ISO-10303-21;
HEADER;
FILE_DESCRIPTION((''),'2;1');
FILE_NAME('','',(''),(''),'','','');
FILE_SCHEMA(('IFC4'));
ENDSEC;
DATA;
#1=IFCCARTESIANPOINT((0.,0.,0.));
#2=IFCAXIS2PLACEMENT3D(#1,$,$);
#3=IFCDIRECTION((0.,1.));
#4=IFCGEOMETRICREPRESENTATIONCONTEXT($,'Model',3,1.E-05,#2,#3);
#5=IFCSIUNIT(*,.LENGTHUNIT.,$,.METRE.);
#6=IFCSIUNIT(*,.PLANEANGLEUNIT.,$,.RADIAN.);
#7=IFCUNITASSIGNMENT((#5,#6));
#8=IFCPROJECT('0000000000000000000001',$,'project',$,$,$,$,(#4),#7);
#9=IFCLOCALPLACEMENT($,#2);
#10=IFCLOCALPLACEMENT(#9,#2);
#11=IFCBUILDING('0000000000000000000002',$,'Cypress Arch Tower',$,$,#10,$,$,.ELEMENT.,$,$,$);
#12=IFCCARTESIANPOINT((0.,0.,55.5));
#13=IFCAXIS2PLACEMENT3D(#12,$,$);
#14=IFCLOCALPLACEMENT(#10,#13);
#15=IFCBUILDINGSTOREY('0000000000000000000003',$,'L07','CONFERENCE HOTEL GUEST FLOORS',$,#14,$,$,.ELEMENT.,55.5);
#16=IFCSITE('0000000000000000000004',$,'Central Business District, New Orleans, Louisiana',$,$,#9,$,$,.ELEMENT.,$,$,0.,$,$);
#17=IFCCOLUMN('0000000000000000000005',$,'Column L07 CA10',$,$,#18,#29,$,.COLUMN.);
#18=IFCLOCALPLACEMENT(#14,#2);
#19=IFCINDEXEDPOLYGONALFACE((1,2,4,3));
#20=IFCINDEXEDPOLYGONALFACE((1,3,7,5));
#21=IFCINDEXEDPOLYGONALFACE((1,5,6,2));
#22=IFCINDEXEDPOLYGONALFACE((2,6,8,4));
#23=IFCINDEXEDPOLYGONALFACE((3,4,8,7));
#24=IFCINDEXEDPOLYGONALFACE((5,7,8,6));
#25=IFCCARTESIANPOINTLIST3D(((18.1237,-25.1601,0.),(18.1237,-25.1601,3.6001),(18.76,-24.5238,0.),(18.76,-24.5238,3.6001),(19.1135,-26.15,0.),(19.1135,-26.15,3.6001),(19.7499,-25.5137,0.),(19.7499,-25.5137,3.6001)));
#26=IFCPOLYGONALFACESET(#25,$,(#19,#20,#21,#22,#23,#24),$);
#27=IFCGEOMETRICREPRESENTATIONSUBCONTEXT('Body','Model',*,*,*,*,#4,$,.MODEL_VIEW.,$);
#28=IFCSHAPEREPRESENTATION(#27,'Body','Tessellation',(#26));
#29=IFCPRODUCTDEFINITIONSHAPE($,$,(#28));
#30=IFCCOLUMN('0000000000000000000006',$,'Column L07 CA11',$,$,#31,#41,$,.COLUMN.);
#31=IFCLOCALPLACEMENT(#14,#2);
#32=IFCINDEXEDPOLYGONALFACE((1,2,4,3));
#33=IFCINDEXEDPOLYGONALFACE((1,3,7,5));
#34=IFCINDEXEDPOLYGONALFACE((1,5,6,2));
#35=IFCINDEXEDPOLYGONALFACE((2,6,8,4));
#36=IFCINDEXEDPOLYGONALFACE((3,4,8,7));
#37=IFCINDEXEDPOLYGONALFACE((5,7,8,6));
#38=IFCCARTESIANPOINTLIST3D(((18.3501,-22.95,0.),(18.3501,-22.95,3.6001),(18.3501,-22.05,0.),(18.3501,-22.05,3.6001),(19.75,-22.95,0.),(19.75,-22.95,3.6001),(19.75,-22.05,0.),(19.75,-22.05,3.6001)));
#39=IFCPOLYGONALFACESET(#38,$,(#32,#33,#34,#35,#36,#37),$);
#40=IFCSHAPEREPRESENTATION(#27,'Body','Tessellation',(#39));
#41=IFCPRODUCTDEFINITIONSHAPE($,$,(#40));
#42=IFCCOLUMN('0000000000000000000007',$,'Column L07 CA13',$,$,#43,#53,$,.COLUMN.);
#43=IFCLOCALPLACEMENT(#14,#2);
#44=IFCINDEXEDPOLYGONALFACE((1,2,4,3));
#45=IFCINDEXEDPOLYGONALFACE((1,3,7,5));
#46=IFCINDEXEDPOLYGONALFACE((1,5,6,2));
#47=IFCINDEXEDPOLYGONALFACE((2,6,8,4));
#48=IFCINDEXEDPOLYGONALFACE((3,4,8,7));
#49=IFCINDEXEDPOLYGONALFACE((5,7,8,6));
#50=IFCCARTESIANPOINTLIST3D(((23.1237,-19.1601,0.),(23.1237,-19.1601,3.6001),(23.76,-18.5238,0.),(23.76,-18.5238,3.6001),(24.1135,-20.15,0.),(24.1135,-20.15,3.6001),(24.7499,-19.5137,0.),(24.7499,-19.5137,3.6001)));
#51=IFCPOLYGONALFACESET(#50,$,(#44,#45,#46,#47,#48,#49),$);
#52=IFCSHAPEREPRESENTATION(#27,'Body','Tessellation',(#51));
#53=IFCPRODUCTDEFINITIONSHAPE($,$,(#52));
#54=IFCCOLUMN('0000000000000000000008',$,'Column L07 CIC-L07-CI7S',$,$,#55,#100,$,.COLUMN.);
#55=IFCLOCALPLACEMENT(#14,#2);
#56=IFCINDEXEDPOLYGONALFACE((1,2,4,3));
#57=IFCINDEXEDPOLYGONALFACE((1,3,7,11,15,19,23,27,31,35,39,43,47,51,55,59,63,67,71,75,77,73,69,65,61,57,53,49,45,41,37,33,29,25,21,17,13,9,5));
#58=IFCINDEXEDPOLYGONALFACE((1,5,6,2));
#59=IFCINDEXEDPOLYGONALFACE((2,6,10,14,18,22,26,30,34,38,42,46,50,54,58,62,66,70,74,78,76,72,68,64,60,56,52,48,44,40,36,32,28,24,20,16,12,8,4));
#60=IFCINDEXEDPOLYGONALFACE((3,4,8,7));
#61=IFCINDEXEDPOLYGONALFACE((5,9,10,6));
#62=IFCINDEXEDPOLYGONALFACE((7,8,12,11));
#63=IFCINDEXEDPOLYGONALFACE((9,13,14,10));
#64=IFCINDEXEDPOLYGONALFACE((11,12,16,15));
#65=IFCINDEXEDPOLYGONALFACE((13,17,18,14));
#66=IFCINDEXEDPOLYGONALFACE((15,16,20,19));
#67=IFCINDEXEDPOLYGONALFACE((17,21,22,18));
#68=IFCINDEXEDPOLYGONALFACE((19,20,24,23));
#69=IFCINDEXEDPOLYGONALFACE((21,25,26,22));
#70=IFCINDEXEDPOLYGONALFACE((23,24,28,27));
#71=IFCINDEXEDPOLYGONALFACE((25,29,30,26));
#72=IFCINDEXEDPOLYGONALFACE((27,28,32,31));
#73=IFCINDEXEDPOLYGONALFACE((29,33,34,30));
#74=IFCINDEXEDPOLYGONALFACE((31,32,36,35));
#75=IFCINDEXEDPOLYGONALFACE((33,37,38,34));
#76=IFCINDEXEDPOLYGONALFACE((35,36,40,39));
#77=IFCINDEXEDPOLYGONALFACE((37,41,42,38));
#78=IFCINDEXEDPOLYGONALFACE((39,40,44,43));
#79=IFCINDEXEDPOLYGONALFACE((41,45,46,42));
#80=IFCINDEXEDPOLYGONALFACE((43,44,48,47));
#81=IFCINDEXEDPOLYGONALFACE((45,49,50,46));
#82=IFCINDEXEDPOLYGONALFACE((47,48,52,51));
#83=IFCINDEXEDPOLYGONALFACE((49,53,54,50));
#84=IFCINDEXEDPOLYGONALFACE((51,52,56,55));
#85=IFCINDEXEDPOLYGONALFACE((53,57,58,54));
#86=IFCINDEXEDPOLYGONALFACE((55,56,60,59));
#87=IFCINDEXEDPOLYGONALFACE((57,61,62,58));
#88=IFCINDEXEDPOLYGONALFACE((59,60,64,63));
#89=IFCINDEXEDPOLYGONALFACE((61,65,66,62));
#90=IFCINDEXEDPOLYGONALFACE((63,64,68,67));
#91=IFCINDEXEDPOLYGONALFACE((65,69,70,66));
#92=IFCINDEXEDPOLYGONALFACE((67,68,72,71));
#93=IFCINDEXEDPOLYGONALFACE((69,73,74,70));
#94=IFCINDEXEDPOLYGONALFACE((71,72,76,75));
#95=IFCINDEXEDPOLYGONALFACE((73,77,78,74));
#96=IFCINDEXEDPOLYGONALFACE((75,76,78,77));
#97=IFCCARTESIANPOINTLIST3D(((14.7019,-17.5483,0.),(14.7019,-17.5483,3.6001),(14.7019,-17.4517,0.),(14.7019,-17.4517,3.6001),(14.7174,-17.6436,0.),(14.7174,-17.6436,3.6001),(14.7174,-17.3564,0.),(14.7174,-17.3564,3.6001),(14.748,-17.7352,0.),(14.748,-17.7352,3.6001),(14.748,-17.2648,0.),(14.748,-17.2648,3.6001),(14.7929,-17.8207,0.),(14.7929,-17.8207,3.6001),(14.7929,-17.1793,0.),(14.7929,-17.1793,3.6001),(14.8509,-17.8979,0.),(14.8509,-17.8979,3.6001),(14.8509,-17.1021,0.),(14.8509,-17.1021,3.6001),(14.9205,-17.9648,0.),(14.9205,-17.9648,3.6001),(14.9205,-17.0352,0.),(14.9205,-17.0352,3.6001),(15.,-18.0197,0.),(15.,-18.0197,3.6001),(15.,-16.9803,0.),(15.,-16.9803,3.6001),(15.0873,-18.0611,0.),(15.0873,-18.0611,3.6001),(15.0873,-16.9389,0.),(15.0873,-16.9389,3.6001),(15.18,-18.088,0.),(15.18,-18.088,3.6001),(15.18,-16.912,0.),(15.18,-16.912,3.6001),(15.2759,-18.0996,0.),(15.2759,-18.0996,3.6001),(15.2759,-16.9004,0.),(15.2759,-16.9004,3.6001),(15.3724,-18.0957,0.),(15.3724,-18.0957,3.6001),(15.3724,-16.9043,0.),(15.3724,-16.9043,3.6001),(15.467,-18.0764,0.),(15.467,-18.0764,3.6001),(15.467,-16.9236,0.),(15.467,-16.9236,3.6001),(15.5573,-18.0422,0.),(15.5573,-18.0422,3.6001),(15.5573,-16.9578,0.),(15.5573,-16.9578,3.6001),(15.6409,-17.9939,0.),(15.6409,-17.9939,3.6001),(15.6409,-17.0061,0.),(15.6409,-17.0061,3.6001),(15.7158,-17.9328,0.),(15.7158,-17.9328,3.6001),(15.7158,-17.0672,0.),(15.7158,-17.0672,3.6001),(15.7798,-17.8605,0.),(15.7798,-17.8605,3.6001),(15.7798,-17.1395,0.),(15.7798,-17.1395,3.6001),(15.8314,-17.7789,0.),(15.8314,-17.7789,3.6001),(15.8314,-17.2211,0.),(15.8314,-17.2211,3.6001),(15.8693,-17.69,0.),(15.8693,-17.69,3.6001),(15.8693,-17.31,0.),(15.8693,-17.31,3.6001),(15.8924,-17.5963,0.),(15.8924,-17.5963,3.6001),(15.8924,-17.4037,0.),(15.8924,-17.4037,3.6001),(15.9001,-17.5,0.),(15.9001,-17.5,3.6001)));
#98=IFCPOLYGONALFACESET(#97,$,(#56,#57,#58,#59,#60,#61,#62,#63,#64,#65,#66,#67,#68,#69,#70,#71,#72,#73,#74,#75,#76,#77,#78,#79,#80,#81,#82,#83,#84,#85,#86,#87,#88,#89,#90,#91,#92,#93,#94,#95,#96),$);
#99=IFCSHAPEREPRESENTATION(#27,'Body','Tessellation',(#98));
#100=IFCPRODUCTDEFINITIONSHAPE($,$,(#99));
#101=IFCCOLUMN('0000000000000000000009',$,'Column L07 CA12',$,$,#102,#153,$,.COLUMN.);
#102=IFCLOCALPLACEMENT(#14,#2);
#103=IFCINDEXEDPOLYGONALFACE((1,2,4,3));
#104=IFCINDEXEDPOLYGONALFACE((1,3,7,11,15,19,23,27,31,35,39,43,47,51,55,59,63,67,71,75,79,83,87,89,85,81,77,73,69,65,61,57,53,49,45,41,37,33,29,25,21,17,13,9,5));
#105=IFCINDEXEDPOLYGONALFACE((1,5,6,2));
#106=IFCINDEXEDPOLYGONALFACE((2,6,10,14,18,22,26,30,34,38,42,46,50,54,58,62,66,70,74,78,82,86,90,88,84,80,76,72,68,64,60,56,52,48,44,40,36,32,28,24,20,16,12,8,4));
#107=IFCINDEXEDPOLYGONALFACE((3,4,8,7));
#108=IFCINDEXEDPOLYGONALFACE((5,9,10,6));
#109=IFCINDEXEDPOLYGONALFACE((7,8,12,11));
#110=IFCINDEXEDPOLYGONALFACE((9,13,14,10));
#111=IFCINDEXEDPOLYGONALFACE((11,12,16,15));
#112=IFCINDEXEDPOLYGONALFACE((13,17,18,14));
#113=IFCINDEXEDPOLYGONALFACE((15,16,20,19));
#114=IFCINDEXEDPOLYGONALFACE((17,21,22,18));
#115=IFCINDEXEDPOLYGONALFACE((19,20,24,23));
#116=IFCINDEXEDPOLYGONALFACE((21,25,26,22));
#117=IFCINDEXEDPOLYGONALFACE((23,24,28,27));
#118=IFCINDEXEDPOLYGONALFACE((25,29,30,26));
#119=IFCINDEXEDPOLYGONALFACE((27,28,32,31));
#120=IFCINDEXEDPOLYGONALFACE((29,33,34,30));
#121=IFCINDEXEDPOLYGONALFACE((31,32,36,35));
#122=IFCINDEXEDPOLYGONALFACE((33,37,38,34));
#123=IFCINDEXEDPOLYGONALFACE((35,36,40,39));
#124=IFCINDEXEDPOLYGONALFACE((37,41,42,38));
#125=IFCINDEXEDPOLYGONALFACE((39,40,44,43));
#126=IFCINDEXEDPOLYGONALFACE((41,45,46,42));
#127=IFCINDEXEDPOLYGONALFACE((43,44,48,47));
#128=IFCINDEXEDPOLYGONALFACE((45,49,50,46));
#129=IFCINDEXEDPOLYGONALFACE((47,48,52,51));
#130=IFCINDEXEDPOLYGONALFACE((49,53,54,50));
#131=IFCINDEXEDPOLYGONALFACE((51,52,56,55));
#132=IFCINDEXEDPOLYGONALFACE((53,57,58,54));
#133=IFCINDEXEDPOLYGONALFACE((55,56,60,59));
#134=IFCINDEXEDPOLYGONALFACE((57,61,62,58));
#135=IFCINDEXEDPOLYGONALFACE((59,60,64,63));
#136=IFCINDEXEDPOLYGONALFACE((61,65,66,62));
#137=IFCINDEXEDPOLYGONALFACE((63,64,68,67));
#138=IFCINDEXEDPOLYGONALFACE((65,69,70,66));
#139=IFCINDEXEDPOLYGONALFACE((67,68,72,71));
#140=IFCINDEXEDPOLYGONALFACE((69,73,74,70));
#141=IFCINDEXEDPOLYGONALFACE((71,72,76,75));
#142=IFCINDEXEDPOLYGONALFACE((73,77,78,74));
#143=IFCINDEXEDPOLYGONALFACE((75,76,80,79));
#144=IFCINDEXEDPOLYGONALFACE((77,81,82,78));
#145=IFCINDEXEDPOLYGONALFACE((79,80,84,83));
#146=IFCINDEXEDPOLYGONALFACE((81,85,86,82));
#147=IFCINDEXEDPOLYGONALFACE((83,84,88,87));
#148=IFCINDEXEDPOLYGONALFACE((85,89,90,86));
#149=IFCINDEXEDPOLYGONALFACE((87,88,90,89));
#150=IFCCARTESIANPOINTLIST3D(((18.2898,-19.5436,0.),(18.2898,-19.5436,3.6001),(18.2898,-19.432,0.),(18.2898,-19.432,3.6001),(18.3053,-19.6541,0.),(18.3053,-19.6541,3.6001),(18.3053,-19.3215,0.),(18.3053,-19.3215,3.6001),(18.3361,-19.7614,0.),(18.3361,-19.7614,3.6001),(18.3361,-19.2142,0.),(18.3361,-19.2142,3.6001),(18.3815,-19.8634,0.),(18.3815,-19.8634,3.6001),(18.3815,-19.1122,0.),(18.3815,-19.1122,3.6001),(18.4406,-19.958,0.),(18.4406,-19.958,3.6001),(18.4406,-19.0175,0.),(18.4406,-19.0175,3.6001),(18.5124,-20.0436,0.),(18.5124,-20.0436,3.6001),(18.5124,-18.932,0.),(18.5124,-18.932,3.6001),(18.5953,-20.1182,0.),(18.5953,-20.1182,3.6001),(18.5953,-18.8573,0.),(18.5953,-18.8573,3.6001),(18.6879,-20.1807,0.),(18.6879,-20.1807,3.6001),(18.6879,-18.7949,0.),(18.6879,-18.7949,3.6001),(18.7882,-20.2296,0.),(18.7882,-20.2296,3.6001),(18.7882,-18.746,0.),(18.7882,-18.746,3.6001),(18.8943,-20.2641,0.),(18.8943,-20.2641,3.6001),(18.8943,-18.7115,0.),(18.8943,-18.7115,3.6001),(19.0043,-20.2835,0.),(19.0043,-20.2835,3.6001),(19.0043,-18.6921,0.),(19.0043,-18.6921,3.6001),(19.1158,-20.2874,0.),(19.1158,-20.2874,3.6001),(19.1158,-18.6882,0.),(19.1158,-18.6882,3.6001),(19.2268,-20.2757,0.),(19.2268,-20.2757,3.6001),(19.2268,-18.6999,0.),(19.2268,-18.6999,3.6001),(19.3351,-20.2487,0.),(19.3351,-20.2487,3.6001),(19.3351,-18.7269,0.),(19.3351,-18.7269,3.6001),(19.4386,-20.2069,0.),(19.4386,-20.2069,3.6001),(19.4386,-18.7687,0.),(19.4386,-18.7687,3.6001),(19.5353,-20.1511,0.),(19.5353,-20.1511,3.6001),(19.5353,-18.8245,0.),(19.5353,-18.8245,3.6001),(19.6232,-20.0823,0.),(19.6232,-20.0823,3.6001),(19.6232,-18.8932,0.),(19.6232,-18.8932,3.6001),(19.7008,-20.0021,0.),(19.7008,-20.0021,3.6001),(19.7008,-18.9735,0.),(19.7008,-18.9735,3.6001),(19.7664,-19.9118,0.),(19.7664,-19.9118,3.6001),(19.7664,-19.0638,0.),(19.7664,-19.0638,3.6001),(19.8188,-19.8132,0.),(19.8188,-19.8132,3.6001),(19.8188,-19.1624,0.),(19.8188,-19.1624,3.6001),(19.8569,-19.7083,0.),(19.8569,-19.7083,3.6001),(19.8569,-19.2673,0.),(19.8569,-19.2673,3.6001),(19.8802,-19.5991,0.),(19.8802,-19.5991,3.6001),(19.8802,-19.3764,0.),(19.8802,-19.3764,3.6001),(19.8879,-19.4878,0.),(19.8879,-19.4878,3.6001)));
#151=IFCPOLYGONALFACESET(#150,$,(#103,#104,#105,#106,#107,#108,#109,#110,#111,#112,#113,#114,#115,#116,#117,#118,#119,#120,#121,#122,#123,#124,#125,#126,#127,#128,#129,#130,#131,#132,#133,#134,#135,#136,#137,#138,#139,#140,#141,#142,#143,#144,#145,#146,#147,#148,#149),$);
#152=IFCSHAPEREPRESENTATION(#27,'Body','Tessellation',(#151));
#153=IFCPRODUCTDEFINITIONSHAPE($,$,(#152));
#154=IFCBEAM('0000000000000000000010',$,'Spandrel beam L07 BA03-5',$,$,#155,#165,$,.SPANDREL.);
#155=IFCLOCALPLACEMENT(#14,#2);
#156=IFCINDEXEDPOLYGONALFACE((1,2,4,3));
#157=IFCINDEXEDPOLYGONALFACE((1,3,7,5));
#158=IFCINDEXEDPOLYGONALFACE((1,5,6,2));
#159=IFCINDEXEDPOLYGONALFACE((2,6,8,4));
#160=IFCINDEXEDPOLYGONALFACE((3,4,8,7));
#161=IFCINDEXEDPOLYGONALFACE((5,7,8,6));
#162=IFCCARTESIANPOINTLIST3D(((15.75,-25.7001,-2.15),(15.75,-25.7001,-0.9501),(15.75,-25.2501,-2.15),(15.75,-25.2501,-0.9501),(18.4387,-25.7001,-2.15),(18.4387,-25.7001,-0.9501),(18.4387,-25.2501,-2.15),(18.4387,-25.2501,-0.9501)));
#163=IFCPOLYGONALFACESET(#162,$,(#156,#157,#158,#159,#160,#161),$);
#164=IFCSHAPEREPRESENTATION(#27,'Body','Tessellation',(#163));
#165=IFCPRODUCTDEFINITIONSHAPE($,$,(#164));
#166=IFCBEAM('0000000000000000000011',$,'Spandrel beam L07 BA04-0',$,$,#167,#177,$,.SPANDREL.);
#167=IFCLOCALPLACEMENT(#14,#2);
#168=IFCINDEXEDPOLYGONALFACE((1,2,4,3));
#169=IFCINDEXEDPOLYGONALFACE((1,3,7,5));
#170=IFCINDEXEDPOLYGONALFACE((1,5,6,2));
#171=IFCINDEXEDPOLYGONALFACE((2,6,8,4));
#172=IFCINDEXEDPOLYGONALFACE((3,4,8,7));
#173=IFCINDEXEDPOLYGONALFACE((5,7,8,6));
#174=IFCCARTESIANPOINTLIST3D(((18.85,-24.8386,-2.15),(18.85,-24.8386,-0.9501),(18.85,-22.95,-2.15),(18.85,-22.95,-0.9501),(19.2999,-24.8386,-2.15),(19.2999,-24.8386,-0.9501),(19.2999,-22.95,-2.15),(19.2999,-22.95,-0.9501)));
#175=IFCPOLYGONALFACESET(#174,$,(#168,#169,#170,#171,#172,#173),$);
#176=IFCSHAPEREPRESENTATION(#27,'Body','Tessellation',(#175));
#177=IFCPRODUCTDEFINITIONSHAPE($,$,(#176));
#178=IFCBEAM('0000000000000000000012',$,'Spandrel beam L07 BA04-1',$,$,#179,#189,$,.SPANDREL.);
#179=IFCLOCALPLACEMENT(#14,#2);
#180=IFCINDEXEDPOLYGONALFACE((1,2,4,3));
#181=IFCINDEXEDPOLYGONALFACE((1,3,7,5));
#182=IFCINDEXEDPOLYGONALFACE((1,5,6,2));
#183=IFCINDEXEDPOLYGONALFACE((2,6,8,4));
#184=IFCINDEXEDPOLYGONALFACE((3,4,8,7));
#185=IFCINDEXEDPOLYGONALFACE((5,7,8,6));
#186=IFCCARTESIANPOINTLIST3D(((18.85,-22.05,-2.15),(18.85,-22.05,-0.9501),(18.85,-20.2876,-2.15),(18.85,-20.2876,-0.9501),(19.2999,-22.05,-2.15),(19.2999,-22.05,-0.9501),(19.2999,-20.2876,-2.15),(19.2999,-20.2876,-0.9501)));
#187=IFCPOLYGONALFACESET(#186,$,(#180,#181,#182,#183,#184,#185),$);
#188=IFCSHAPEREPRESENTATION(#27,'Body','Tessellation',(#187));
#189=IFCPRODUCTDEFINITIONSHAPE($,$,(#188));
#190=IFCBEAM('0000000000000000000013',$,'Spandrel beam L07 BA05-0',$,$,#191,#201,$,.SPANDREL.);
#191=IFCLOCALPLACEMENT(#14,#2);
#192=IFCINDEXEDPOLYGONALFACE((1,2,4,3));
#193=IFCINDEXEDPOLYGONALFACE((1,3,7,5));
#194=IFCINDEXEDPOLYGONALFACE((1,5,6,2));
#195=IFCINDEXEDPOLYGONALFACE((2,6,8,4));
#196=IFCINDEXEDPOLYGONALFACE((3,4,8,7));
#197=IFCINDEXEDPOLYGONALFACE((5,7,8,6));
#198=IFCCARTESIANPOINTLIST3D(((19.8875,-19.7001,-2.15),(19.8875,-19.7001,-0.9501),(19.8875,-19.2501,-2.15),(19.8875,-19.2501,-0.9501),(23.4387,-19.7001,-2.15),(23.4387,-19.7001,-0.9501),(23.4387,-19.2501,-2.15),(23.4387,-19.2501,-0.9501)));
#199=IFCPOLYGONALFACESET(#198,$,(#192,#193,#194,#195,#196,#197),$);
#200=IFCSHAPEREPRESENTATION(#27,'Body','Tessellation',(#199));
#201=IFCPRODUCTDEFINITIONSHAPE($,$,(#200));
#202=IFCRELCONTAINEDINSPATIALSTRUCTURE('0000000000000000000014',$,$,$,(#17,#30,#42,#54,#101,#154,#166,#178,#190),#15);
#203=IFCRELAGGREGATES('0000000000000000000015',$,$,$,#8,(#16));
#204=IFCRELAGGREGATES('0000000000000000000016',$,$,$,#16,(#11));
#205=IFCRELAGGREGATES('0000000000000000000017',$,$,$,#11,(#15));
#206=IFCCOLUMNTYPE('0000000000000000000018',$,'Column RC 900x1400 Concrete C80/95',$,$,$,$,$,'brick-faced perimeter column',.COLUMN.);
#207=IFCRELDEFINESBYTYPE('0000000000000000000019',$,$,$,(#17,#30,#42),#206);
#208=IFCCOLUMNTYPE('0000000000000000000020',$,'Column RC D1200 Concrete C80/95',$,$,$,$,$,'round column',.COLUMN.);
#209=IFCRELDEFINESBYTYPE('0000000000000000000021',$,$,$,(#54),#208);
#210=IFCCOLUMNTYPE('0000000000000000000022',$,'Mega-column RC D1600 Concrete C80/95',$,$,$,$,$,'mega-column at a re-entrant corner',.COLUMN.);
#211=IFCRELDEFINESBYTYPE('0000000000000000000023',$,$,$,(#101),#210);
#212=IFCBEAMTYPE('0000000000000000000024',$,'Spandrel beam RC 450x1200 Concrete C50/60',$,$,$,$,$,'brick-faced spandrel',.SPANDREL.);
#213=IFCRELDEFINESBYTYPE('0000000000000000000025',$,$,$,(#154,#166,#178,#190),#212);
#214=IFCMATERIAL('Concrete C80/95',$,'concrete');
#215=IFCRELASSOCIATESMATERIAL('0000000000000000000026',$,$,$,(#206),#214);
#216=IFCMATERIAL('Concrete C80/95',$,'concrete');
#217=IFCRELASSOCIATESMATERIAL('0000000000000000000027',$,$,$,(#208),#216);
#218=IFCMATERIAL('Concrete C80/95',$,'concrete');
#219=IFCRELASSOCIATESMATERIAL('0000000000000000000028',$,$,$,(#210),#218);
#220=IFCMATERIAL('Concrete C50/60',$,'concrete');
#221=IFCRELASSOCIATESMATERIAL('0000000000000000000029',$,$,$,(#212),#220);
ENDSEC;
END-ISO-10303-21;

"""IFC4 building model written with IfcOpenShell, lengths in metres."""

from ifc_helpers import new_model, si_unit, direction, frame, origin, origin_2d, place, context, subcontext, project, spatial, rectangle, circle, extrude, material, material_profile, profile_set, type_object, element, save


model = new_model("IFC4")

# Units and contexts
model_context = context("Model", 3, precision=1e-05, world=origin(), true_north=direction((0.0, 1.0)))
body_context = subcontext(model_context, "Body", "Model", "MODEL_VIEW")
ifc_project = project(units=[si_unit("LENGTHUNIT", "METRE"), si_unit("PLANEANGLEUNIT", "RADIAN")], contexts=[model_context])

# Site, building, storey
site_placement = place(None, origin())
site = spatial("IfcSite", under=ifc_project, at=site_placement, Name="Central Business District, New Orleans, Louisiana", CompositionType="ELEMENT", RefElevation=0.0)
building_placement = place(site_placement, origin())
building = spatial("IfcBuilding", under=site, at=building_placement, Name="Cypress Arch Tower", CompositionType="ELEMENT")
storey_placement = place(building_placement, frame((0.0, 0.0, 55.5)))
storey = spatial("IfcBuildingStorey", under=building, at=storey_placement, Name="L07", Description="CONFERENCE HOTEL GUEST FLOORS", CompositionType="ELEMENT", Elevation=55.5)

# Columns
ifc_material_1 = material(Name="Concrete C80/95", Category="concrete")
ifc_material_profile_1 = material_profile(ifc_material_1, rectangle(XDim=0.8999, YDim=1.3999, at=origin_2d()), Name="RC 900x1400")
ifc_profile_set_1 = profile_set([ifc_material_profile_1], Name="Concrete C80/95")
column_type_1 = type_object("IfcColumnType", Name="Column RC 900x1400 Concrete C80/95", ElementType="brick-faced perimeter column", PredefinedType="COLUMN", material=ifc_profile_set_1)
for number, where, z_axis, x_axis, name in (
    (1, (18.9368, -25.3369, 0.0), (0.0, 0.0, 1.0), (0.707107, 0.707107, 0.0), "Column L07 CA10"),
    (2, (19.05, -22.5, 0.0), (0.0, 0.0, 1.0), (0.0, 1.0, 0.0), "Column L07 CA11"),
    (3, (23.9368, -19.3369, 0.0), (0.0, 0.0, 1.0), (0.707107, 0.707107, 0.0), "Column L07 CA13"),
):
    element("IfcColumn", number, at=place(storey_placement, frame(where, z_axis=z_axis, x_axis=x_axis)), inside=storey, type_object=column_type_1, Name=name, PredefinedType="COLUMN", context=body_context, shape_type="SweptSolid", body=[
        extrude(rectangle(XDim=0.8999, YDim=1.3999, at=origin_2d()), origin(), (0.0, 0.0, 1.0), 3.6001),
    ])
ifc_material_2 = material(Name="Concrete C80/95", Category="concrete")
ifc_material_profile_2 = material_profile(ifc_material_2, circle(Radius=0.6001, at=origin_2d()), Name="RC D1200")
ifc_profile_set_2 = profile_set([ifc_material_profile_2], Name="Concrete C80/95")
column_type_2 = type_object("IfcColumnType", Name="Column RC D1200 Concrete C80/95", ElementType="round column", PredefinedType="COLUMN", material=ifc_profile_set_2)
column_1_placement = place(storey_placement, frame((15.3, -17.5, 0.0), z_axis=(0.0, 0.0, 1.0), x_axis=(1.0, 0.0, 0.0)))
element("IfcColumn", 4, at=column_1_placement, inside=storey, type_object=column_type_2, Name="Column L07 CIC-L07-CI7S", PredefinedType="COLUMN", context=body_context, shape_type="SweptSolid", body=[
    extrude(circle(Radius=0.6001, at=origin_2d()), origin(), (0.0, 0.0, 1.0), 3.6001),
])
ifc_material_3 = material(Name="Concrete C80/95", Category="concrete")
ifc_material_profile_3 = material_profile(ifc_material_3, circle(Radius=0.8, at=origin_2d()), Name="RC D1600")
ifc_profile_set_3 = profile_set([ifc_material_profile_3], Name="Concrete C80/95")
column_type_3 = type_object("IfcColumnType", Name="Mega-column RC D1600 Concrete C80/95", ElementType="mega-column at a re-entrant corner", PredefinedType="COLUMN", material=ifc_profile_set_3)
column_2_placement = place(storey_placement, frame((19.0879, -19.4878, 0.0), z_axis=(0.0, 0.0, 1.0), x_axis=(1.0, 0.0, 0.0)))
element("IfcColumn", 5, at=column_2_placement, inside=storey, type_object=column_type_3, Name="Column L07 CA12", PredefinedType="COLUMN", context=body_context, shape_type="SweptSolid", body=[
    extrude(circle(Radius=0.8, at=origin_2d()), origin(), (0.0, 0.0, 1.0), 3.6001),
])

# Beams
ifc_material_4 = material(Name="Concrete C50/60", Category="concrete")
ifc_material_profile_4 = material_profile(ifc_material_4, rectangle(XDim=0.45, YDim=1.2, at=origin_2d()), Name="RC 450x1200")
ifc_profile_set_4 = profile_set([ifc_material_profile_4], Name="Concrete C50/60")
beam_type = type_object("IfcBeamType", Name="Spandrel beam RC 450x1200 Concrete C50/60", ElementType="brick-faced spandrel", PredefinedType="SPANDREL", material=ifc_profile_set_4)
beam_1_placement = place(storey_placement, frame((15.75, -25.4751, -1.55), z_axis=(1.0, 0.0, 0.0), x_axis=(0.0, 1.0, 0.0)))
element("IfcBeam", 6, at=beam_1_placement, inside=storey, type_object=beam_type, Name="Spandrel beam L07 BA03-5", PredefinedType="SPANDREL", context=body_context, shape_type="SweptSolid", body=[
    extrude(rectangle(XDim=0.45, YDim=1.2, at=origin_2d()), origin(), (0.0, 0.0, 1.0), 2.6887),
])
beam_2_placement = place(storey_placement, frame((19.075, -24.8386, -1.55), z_axis=(0.0, 1.0, 0.0), x_axis=(-1.0, 0.0, 0.0)))
element("IfcBeam", 7, at=beam_2_placement, inside=storey, type_object=beam_type, Name="Spandrel beam L07 BA04-0", PredefinedType="SPANDREL", context=body_context, shape_type="SweptSolid", body=[
    extrude(rectangle(XDim=0.45, YDim=1.2, at=origin_2d()), origin(), (0.0, 0.0, 1.0), 1.8887),
])
beam_3_placement = place(storey_placement, frame((19.075, -22.05, -1.55), z_axis=(0.0, 1.0, 0.0), x_axis=(-1.0, 0.0, 0.0)))
element("IfcBeam", 8, at=beam_3_placement, inside=storey, type_object=beam_type, Name="Spandrel beam L07 BA04-1", PredefinedType="SPANDREL", context=body_context, shape_type="SweptSolid", body=[
    extrude(rectangle(XDim=0.45, YDim=1.2, at=origin_2d()), origin(), (0.0, 0.0, 1.0), 1.7625),
])
beam_4_placement = place(storey_placement, frame((19.8875, -19.4751, -1.55), z_axis=(1.0, 0.0, 0.0), x_axis=(0.0, 1.0, 0.0)))
element("IfcBeam", 9, at=beam_4_placement, inside=storey, type_object=beam_type, Name="Spandrel beam L07 BA05-0", PredefinedType="SPANDREL", context=body_context, shape_type="SweptSolid", body=[
    extrude(rectangle(XDim=0.45, YDim=1.2, at=origin_2d()), origin(), (0.0, 0.0, 1.0), 3.5513),
])

save(model, "model.ifc")
